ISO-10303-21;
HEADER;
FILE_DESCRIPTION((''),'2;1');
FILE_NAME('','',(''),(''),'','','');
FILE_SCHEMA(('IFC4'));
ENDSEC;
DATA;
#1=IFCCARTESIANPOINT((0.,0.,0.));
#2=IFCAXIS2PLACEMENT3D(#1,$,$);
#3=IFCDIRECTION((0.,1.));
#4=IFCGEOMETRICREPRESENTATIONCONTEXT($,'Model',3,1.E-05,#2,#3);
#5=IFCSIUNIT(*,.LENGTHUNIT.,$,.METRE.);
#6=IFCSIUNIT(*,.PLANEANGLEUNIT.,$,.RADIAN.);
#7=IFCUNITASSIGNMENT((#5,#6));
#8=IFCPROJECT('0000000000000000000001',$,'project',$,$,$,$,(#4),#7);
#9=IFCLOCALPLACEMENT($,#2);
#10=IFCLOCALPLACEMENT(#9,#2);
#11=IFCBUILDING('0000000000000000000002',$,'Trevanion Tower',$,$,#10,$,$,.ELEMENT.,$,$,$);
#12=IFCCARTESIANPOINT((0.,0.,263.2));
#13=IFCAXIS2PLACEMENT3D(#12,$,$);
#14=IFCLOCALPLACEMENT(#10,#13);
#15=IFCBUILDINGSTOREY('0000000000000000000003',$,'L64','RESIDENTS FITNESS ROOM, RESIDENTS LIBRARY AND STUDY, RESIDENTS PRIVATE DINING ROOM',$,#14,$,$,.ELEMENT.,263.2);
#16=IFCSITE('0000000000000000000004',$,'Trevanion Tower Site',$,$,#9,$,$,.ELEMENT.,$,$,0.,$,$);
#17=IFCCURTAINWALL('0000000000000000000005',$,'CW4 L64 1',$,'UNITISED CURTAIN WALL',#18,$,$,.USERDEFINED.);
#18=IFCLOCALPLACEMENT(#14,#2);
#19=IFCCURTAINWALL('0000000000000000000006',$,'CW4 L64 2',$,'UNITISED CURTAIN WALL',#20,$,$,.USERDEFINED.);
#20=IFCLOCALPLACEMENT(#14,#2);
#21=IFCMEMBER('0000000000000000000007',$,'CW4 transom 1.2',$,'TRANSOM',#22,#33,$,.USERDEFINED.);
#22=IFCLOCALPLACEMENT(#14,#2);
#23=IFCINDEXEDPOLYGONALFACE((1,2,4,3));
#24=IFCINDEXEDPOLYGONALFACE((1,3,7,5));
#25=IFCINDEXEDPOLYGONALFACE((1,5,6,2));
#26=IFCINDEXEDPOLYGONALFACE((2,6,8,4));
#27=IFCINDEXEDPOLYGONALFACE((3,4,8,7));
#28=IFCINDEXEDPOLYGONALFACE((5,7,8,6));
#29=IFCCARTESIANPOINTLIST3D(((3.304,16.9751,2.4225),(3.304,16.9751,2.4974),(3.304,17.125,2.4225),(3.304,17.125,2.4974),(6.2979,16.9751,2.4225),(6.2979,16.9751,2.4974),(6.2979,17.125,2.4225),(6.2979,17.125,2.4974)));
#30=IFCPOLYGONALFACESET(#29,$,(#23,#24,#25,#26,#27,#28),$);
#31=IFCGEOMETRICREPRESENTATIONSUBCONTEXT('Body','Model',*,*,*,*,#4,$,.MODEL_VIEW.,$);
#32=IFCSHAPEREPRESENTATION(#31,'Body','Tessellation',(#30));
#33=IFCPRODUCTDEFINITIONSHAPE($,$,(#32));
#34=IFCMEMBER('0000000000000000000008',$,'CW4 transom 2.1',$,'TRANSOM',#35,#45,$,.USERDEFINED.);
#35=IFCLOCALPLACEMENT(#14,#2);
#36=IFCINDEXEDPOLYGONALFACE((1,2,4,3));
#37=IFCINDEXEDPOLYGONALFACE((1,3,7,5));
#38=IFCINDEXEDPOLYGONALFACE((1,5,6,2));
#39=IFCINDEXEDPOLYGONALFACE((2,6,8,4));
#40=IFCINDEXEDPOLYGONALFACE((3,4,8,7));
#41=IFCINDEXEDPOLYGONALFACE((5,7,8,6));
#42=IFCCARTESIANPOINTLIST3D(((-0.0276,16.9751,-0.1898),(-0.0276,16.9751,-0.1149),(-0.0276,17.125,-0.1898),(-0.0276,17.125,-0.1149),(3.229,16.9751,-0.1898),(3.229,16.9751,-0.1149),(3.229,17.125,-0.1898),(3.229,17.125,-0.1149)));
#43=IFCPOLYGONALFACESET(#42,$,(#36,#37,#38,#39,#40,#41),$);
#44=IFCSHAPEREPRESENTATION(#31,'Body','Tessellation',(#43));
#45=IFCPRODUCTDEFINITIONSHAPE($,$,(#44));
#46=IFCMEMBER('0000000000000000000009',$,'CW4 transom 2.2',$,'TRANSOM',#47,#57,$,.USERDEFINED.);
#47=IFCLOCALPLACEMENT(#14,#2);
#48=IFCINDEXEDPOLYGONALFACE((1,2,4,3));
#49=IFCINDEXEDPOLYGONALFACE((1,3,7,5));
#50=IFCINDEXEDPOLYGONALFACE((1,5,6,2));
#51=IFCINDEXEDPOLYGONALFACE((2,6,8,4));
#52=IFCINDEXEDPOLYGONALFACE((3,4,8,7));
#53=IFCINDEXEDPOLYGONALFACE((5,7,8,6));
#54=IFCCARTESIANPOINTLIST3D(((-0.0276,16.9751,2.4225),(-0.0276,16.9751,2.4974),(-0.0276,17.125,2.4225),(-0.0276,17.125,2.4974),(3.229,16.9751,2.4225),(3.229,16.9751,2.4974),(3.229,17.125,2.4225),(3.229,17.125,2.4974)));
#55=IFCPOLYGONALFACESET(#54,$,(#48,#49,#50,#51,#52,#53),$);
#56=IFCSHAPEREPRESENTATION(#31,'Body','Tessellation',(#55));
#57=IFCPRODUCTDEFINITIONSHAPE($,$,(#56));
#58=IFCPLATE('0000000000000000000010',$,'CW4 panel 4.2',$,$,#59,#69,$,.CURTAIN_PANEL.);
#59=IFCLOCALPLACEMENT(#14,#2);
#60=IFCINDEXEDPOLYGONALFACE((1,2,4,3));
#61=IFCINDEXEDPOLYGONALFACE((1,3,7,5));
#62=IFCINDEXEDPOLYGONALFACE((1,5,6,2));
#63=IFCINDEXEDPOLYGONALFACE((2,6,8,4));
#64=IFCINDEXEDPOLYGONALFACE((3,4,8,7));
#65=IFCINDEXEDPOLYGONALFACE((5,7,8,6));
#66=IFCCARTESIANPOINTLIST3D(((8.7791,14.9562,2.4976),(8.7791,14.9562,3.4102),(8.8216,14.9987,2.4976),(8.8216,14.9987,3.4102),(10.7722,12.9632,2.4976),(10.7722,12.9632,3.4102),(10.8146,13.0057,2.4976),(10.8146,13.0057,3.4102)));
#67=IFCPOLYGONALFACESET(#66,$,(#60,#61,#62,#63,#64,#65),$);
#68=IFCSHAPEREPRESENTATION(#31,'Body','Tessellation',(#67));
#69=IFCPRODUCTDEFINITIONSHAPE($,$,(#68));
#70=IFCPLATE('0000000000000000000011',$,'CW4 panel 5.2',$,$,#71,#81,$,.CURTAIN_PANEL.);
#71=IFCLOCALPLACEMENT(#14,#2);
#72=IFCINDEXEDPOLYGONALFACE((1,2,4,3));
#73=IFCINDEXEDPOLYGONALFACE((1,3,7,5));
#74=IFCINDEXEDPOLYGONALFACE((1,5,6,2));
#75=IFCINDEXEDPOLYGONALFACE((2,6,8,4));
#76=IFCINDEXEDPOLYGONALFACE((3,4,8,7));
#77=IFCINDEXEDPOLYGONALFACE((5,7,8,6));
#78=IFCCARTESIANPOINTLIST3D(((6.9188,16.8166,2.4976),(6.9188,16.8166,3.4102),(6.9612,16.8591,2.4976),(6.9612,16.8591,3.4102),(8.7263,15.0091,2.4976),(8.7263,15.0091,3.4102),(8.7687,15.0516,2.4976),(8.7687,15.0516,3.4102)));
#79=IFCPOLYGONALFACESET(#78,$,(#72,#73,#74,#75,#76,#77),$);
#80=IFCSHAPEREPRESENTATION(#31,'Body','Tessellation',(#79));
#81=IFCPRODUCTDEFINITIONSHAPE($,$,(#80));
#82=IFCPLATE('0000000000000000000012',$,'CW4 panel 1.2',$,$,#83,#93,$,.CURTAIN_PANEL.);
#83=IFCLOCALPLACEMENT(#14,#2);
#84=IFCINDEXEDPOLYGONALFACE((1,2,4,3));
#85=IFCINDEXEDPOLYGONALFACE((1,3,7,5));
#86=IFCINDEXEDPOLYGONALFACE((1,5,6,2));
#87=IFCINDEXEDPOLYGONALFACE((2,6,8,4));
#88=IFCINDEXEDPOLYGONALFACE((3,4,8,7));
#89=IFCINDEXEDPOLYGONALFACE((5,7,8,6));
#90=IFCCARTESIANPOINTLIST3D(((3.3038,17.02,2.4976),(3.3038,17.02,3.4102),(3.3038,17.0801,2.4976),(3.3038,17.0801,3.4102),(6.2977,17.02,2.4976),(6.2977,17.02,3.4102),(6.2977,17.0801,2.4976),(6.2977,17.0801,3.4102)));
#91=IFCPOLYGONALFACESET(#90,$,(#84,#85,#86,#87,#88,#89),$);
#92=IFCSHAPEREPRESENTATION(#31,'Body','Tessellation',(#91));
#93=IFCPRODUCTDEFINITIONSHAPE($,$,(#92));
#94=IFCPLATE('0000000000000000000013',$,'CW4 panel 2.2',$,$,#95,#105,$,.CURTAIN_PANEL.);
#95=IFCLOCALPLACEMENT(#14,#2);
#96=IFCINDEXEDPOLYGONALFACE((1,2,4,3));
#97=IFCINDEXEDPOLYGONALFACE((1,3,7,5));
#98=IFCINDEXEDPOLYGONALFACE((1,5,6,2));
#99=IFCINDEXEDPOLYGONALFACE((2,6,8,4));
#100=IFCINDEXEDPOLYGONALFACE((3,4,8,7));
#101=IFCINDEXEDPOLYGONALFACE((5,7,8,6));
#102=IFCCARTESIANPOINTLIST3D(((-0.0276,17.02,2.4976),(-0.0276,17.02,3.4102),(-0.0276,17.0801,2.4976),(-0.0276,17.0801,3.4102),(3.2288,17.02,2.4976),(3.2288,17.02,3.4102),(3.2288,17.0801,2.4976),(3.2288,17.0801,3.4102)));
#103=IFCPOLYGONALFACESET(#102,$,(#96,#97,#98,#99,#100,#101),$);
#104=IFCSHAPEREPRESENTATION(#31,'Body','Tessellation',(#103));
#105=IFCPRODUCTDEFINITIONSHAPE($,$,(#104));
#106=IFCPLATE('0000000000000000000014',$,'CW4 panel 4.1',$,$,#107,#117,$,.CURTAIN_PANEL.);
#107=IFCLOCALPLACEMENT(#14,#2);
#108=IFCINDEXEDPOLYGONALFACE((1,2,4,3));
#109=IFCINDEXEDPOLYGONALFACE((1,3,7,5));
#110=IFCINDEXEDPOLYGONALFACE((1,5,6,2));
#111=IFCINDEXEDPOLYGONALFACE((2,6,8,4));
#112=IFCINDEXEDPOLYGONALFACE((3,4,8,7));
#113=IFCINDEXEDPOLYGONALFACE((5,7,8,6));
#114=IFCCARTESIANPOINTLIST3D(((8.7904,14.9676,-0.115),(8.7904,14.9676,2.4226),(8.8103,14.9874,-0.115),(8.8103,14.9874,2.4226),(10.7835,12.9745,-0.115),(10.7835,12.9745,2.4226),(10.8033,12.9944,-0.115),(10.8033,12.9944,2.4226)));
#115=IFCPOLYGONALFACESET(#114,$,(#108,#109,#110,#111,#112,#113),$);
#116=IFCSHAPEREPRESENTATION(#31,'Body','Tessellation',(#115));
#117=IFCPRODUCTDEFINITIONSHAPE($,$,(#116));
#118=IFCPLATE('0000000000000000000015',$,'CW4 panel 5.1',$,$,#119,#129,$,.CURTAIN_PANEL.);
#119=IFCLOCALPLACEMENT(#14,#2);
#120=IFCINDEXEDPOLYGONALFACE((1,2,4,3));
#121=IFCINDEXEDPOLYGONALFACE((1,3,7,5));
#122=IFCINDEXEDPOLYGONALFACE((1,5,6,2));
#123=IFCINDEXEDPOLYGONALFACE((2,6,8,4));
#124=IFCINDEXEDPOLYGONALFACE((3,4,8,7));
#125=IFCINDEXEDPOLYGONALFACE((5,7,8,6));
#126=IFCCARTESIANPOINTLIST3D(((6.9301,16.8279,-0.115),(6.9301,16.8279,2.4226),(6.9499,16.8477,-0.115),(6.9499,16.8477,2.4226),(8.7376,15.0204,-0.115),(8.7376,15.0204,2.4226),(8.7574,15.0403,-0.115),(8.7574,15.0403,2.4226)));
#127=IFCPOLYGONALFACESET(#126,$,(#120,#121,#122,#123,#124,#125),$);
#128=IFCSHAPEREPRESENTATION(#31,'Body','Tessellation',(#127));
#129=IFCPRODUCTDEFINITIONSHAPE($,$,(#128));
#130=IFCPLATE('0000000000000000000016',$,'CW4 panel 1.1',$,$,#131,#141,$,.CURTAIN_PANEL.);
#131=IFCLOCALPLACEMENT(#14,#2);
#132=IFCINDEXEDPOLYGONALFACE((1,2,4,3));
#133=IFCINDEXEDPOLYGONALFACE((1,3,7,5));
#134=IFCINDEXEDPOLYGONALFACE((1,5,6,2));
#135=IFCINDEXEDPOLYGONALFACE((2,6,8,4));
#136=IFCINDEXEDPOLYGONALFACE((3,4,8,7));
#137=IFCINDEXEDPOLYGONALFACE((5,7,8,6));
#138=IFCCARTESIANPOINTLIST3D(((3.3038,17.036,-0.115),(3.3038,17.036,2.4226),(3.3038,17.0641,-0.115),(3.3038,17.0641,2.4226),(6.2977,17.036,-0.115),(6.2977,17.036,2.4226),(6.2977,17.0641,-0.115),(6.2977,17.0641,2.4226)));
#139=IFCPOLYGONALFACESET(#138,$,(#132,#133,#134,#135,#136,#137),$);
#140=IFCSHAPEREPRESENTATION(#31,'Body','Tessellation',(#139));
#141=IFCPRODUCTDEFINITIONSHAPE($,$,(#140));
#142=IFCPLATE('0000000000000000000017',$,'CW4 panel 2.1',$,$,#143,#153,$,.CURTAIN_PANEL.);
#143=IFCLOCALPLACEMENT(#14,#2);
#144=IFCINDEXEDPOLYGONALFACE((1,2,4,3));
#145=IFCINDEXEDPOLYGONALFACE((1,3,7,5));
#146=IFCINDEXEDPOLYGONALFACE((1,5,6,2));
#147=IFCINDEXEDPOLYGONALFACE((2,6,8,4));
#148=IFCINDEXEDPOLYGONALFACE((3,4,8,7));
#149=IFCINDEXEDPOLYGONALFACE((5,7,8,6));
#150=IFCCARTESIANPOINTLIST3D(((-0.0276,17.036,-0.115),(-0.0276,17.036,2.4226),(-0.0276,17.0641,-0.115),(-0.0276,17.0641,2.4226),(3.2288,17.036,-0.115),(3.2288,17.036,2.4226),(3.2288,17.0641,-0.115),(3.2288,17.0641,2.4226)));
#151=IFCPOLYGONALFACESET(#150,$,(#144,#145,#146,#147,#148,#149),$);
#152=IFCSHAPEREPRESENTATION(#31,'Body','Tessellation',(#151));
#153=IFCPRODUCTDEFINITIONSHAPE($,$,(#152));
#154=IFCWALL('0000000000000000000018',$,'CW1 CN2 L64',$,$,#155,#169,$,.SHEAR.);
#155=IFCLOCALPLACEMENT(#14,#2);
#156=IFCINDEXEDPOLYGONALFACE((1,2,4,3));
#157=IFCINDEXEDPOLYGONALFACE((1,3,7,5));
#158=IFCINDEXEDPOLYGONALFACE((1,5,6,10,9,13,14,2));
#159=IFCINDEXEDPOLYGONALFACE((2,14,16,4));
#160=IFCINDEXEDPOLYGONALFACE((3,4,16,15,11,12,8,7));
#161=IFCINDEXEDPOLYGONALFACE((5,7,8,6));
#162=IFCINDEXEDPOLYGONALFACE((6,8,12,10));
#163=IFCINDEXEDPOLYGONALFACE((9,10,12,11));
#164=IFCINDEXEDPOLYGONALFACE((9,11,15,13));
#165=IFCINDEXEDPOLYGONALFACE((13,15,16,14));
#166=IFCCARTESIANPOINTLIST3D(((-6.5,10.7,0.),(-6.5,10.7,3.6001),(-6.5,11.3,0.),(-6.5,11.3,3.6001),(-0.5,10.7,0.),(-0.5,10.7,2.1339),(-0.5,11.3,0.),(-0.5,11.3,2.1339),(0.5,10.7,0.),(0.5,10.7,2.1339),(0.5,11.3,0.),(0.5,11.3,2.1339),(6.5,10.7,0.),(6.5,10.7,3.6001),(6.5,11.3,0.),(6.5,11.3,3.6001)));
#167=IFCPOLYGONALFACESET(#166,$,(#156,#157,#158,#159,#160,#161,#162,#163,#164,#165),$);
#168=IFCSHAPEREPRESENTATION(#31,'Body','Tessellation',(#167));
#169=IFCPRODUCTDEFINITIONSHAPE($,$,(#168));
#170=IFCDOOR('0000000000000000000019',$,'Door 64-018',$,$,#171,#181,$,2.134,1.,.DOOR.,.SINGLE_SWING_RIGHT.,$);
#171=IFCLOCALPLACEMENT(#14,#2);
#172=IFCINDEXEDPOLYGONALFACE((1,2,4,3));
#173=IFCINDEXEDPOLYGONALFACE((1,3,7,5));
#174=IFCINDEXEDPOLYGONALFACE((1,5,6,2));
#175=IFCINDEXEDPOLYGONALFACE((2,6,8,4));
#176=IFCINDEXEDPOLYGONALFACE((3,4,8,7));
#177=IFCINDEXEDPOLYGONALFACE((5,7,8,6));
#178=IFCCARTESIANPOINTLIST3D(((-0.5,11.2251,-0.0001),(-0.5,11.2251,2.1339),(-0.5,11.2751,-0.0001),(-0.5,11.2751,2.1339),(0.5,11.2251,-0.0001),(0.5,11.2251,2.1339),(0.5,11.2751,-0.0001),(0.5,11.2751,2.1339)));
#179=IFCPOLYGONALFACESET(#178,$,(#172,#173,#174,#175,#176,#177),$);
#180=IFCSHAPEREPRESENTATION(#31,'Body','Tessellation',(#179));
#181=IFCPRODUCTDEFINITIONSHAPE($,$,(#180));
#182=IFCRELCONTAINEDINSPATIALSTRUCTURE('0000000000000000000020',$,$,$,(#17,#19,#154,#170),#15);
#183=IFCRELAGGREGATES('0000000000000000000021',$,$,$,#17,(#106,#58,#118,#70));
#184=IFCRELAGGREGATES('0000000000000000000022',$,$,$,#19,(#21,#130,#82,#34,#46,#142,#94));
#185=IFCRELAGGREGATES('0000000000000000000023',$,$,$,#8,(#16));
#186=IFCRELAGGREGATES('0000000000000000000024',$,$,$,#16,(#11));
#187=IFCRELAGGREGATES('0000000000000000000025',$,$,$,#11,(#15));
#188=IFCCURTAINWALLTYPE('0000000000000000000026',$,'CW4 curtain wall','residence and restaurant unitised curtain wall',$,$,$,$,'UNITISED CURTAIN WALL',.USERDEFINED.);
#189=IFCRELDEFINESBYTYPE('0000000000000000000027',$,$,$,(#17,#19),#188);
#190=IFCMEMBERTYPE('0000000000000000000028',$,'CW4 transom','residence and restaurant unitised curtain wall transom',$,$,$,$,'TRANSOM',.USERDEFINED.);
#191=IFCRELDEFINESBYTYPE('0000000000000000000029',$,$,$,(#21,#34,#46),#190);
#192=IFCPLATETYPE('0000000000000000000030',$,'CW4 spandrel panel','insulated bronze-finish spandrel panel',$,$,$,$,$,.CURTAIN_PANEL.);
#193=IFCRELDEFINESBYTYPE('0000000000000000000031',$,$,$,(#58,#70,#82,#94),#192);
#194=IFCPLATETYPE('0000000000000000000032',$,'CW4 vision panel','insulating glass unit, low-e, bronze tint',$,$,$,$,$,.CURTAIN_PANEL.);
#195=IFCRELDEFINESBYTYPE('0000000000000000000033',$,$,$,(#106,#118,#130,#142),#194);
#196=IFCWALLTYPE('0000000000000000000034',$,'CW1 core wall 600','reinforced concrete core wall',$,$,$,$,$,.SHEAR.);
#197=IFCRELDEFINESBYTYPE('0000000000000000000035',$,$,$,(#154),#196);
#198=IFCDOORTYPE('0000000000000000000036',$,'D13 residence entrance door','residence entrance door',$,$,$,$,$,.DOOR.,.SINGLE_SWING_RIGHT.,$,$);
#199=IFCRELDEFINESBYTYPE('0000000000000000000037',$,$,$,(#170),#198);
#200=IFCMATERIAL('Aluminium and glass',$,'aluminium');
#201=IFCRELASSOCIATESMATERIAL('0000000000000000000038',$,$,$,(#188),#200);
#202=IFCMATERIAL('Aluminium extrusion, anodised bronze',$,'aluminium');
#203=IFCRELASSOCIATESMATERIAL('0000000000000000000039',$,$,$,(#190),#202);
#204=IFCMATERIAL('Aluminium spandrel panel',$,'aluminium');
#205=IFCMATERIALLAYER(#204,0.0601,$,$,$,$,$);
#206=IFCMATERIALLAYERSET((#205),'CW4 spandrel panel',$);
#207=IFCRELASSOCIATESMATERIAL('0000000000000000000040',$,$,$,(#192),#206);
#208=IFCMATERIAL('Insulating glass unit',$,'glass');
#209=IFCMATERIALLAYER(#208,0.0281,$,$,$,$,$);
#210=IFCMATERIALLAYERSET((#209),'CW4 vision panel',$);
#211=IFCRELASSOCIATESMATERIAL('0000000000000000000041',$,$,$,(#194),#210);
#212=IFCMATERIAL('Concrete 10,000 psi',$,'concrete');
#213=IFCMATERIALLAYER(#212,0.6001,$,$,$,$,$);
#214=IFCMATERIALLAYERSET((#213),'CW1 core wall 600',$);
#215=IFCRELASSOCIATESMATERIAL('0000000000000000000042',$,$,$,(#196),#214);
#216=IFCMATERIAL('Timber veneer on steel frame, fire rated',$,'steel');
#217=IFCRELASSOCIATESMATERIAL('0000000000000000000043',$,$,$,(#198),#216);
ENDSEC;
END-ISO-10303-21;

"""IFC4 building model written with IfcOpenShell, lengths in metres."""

from ifc_helpers import new_model, si_unit, direction, frame, frame_2d, origin, origin_2d, place, context, subcontext, project, spatial, rectangle, extrude, material, layer, layer_set, material_profile, profile_set, type_object, element, fill, aggregate, save


model = new_model("IFC4")

# Units and contexts
model_context = context("Model", 3, precision=1e-05, world=origin(), true_north=direction((0.0, 1.0)))
body_context = subcontext(model_context, "Body", "Model", "MODEL_VIEW")
ifc_project = project(units=[si_unit("LENGTHUNIT", "METRE"), si_unit("PLANEANGLEUNIT", "RADIAN")], contexts=[model_context])

# Site, building, storey
site_placement = place(None, origin())
site = spatial("IfcSite", under=ifc_project, at=site_placement, Name="Trevanion Tower Site", CompositionType="ELEMENT", RefElevation=0.0)
building_placement = place(site_placement, origin())
building = spatial("IfcBuilding", under=site, at=building_placement, Name="Trevanion Tower", CompositionType="ELEMENT")
storey_placement = place(building_placement, frame((0.0, 0.0, 263.2)))
storey = spatial("IfcBuildingStorey", under=building, at=storey_placement, Name="L64", Description="RESIDENTS FITNESS ROOM, RESIDENTS LIBRARY AND STUDY, RESIDENTS PRIVATE DINING ROOM", CompositionType="ELEMENT", Elevation=263.2)

# Curtain walls
ifc_material_1 = material(Name="Aluminium and glass", Category="aluminium")
curtain_wall_type = type_object("IfcCurtainWallType", Name="CW4 curtain wall", Description="residence and restaurant unitised curtain wall", ElementType="UNITISED CURTAIN WALL", PredefinedType="USERDEFINED", material=ifc_material_1)
curtain_wall_1_placement = place(storey_placement, origin())
curtain_wall_1 = element("IfcCurtainWall", 1, at=curtain_wall_1_placement, inside=storey, type_object=curtain_wall_type, Name="CW4 L64 1", ObjectType="UNITISED CURTAIN WALL", PredefinedType="USERDEFINED")
curtain_wall_2_placement = place(storey_placement, origin())
curtain_wall_2 = element("IfcCurtainWall", 2, at=curtain_wall_2_placement, inside=storey, type_object=curtain_wall_type, Name="CW4 L64 2", ObjectType="UNITISED CURTAIN WALL", PredefinedType="USERDEFINED")

# Members
ifc_material_2 = material(Name="Aluminium extrusion, anodised bronze", Category="aluminium")
ifc_material_profile_1 = material_profile(ifc_material_2, rectangle(XDim=0.1499, YDim=0.075, at=origin_2d()), Name="CW4 transom")
ifc_profile_set_1 = profile_set([ifc_material_profile_1], Name="Aluminium extrusion, anodised bronze")
member_type_1 = type_object("IfcMemberType", Name="CW4 transom", Description="residence and restaurant unitised curtain wall transom", ElementType="TRANSOM", PredefinedType="USERDEFINED", material=ifc_profile_set_1)
member_1_placement = place(storey_placement, frame((6.2979, 17.05, 2.46), z_axis=(-1.0, 0.0, 0.0), x_axis=(0.0, -1.0, 0.0)))
member_1 = element("IfcMember", 3, at=member_1_placement, type_object=member_type_1, Name="CW4 transom 1.2", ObjectType="TRANSOM", PredefinedType="USERDEFINED", context=body_context, shape_type="SweptSolid", body=[
    extrude(rectangle(XDim=0.1499, YDim=0.075, at=origin_2d()), origin(), (0.0, 0.0, 1.0), 2.9939),
])
member_2_placement = place(storey_placement, frame((3.229, 17.05, -0.1523), z_axis=(-1.0, 0.0, 0.0), x_axis=(0.0, -1.0, 0.0)))
member_2 = element("IfcMember", 4, at=member_2_placement, type_object=member_type_1, Name="CW4 transom 2.1", ObjectType="TRANSOM", PredefinedType="USERDEFINED", context=body_context, shape_type="SweptSolid", body=[
    extrude(rectangle(XDim=0.1499, YDim=0.075, at=origin_2d()), origin(), (0.0, 0.0, 1.0), 3.2566),
])
member_3_placement = place(storey_placement, frame((3.229, 17.05, 2.46), z_axis=(-1.0, 0.0, 0.0), x_axis=(0.0, -1.0, 0.0)))
member_3 = element("IfcMember", 5, at=member_3_placement, type_object=member_type_1, Name="CW4 transom 2.2", ObjectType="TRANSOM", PredefinedType="USERDEFINED", context=body_context, shape_type="SweptSolid", body=[
    extrude(rectangle(XDim=0.1499, YDim=0.075, at=origin_2d()), origin(), (0.0, 0.0, 1.0), 3.2566),
])

# Plates
ifc_material_3 = material(Name="Aluminium spandrel panel", Category="aluminium")
ifc_layer_1 = layer(ifc_material_3, 0.0601)
ifc_layer_set_1 = layer_set([ifc_layer_1], Name="CW4 spandrel panel")
plate_type_1 = type_object("IfcPlateType", Name="CW4 spandrel panel", Description="insulated bronze-finish spandrel panel", PredefinedType="CURTAIN_PANEL", material=ifc_layer_set_1)
plate_1_placement = place(storey_placement, frame((9.7969, 13.981, 2.4976), z_axis=(0.0, 0.0, 1.0), x_axis=(-0.707107, 0.707107, 0.0)))
plate_1 = element("IfcPlate", 6, at=plate_1_placement, type_object=plate_type_1, Name="CW4 panel 4.2", PredefinedType="CURTAIN_PANEL", context=body_context, shape_type="SweptSolid", body=[
    extrude(rectangle(XDim=2.8186, YDim=0.0601, at=origin_2d()), origin(), (0.0, 0.0, 1.0), 0.9126),
])
plate_2_placement = place(storey_placement, frame((7.8438, 15.9341, 2.4976), z_axis=(0.0, 0.0, 1.0), x_axis=(-0.707107, 0.707107, 0.0)))
plate_2 = element("IfcPlate", 7, at=plate_2_placement, type_object=plate_type_1, Name="CW4 panel 5.2", PredefinedType="CURTAIN_PANEL", context=body_context, shape_type="SweptSolid", body=[
    extrude(rectangle(XDim=2.5562, YDim=0.0601, at=origin_2d()), origin(), (0.0, 0.0, 1.0), 0.9126),
])
plate_3_placement = place(storey_placement, frame((4.8008, 17.05, 2.4976), z_axis=(0.0, 0.0, 1.0), x_axis=(-1.0, 0.0, 0.0)))
plate_3 = element("IfcPlate", 8, at=plate_3_placement, type_object=plate_type_1, Name="CW4 panel 1.2", PredefinedType="CURTAIN_PANEL", context=body_context, shape_type="SweptSolid", body=[
    extrude(rectangle(XDim=2.9939, YDim=0.0601, at=origin_2d()), origin(), (0.0, 0.0, 1.0), 0.9126),
])
plate_4_placement = place(storey_placement, frame((1.6006, 17.05, 2.4976), z_axis=(0.0, 0.0, 1.0), x_axis=(-1.0, 0.0, 0.0)))
plate_4 = element("IfcPlate", 9, at=plate_4_placement, type_object=plate_type_1, Name="CW4 panel 2.2", PredefinedType="CURTAIN_PANEL", context=body_context, shape_type="SweptSolid", body=[
    extrude(rectangle(XDim=3.2563, YDim=0.0601, at=origin_2d()), origin(), (0.0, 0.0, 1.0), 0.9126),
])
ifc_material_4 = material(Name="Insulating glass unit", Category="glass")
ifc_layer_2 = layer(ifc_material_4, 0.0281)
ifc_layer_set_2 = layer_set([ifc_layer_2], Name="CW4 vision panel")
plate_type_2 = type_object("IfcPlateType", Name="CW4 vision panel", Description="insulating glass unit, low-e, bronze tint", PredefinedType="CURTAIN_PANEL", material=ifc_layer_set_2)
plate_5_placement = place(storey_placement, frame((9.7969, 13.981, -0.115), z_axis=(0.0, 0.0, 1.0), x_axis=(-0.707107, 0.707107, 0.0)))
plate_5 = element("IfcPlate", 10, at=plate_5_placement, type_object=plate_type_2, Name="CW4 panel 4.1", PredefinedType="CURTAIN_PANEL", context=body_context, shape_type="SweptSolid", body=[
    extrude(rectangle(XDim=2.8186, YDim=0.0281, at=origin_2d()), origin(), (0.0, 0.0, 1.0), 2.5376),
])
plate_6_placement = place(storey_placement, frame((7.8438, 15.9341, -0.115), z_axis=(0.0, 0.0, 1.0), x_axis=(-0.707107, 0.707107, 0.0)))
plate_6 = element("IfcPlate", 11, at=plate_6_placement, type_object=plate_type_2, Name="CW4 panel 5.1", PredefinedType="CURTAIN_PANEL", context=body_context, shape_type="SweptSolid", body=[
    extrude(rectangle(XDim=2.5562, YDim=0.0281, at=origin_2d()), origin(), (0.0, 0.0, 1.0), 2.5376),
])
aggregate(curtain_wall_1, [plate_5, plate_1, plate_6, plate_2])
plate_7_placement = place(storey_placement, frame((4.8008, 17.05, -0.115), z_axis=(0.0, 0.0, 1.0), x_axis=(-1.0, 0.0, 0.0)))
plate_7 = element("IfcPlate", 12, at=plate_7_placement, type_object=plate_type_2, Name="CW4 panel 1.1", PredefinedType="CURTAIN_PANEL", context=body_context, shape_type="SweptSolid", body=[
    extrude(rectangle(XDim=2.9939, YDim=0.0281, at=origin_2d()), origin(), (0.0, 0.0, 1.0), 2.5376),
])
plate_8_placement = place(storey_placement, frame((1.6006, 17.05, -0.115), z_axis=(0.0, 0.0, 1.0), x_axis=(-1.0, 0.0, 0.0)))
plate_8 = element("IfcPlate", 13, at=plate_8_placement, type_object=plate_type_2, Name="CW4 panel 2.1", PredefinedType="CURTAIN_PANEL", context=body_context, shape_type="SweptSolid", body=[
    extrude(rectangle(XDim=3.2563, YDim=0.0281, at=origin_2d()), origin(), (0.0, 0.0, 1.0), 2.5376),
])
aggregate(curtain_wall_2, [member_1, plate_7, plate_3, member_2, member_3, plate_8, plate_4])

# Wall, opening, door
ifc_material_5 = material(Name="Concrete 10,000 psi", Category="concrete")
ifc_layer_3 = layer(ifc_material_5, 0.6001)
ifc_layer_set_3 = layer_set([ifc_layer_3], Name="CW1 core wall 600")
wall_type = type_object("IfcWallType", Name="CW1 core wall 600", Description="reinforced concrete core wall", PredefinedType="SHEAR", material=ifc_layer_set_3)
wall_placement = place(storey_placement, frame((6.5, 11.0, 0.0), z_axis=(0.0, 0.0, 1.0), x_axis=(-1.0, 0.0, 0.0)))
wall = element("IfcWall", 14, at=wall_placement, inside=storey, type_object=wall_type, Name="CW1 CN2 L64", PredefinedType="SHEAR", context=body_context, shape_type="SweptSolid", body=[
    extrude(rectangle(XDim=13.0, YDim=0.6001, at=frame_2d((6.5, 0.0))), origin(), (0.0, 0.0, 1.0), 3.6001),
])
opening_placement = place(wall_placement, frame((6.0, 0.0, 0.0)))
opening = element("IfcOpeningElement", 15, at=opening_placement, cuts=wall, PredefinedType="OPENING", context=body_context, shape_type="SweptSolid", body=[
    extrude(rectangle(XDim=1.0, YDim=2.134, at=frame_2d((0.5, 1.0669))), frame((0.0, 0.3101, 0.0), z_axis=(0.0, -1.0, 0.0), x_axis=(1.0, 0.0, 0.0)), (0.0, 0.0, 1.0), 0.6201),
])
ifc_material_6 = material(Name="Timber veneer on steel frame, fire rated", Category="steel")
door_type = type_object("IfcDoorType", Name="D13 residence entrance door", Description="residence entrance door", OperationType="SINGLE_SWING_RIGHT", PredefinedType="DOOR", material=ifc_material_6)
door_placement = place(opening_placement, origin())
door = element("IfcDoor", 16, at=door_placement, inside=storey, type_object=door_type, Name="Door 64-018", OperationType="SINGLE_SWING_RIGHT", OverallHeight=2.134, OverallWidth=1.0, PredefinedType="DOOR", context=body_context, shape_type="SweptSolid", body=[
    extrude(rectangle(XDim=1.0, YDim=2.134, at=frame_2d((0.5, 1.0669))), frame((0.0, -0.2251, 0.0), z_axis=(0.0, -1.0, 0.0), x_axis=(1.0, 0.0, 0.0)), (0.0, 0.0, 1.0), 0.05),
])
fill(opening, door)

save(model, "model.ifc")
